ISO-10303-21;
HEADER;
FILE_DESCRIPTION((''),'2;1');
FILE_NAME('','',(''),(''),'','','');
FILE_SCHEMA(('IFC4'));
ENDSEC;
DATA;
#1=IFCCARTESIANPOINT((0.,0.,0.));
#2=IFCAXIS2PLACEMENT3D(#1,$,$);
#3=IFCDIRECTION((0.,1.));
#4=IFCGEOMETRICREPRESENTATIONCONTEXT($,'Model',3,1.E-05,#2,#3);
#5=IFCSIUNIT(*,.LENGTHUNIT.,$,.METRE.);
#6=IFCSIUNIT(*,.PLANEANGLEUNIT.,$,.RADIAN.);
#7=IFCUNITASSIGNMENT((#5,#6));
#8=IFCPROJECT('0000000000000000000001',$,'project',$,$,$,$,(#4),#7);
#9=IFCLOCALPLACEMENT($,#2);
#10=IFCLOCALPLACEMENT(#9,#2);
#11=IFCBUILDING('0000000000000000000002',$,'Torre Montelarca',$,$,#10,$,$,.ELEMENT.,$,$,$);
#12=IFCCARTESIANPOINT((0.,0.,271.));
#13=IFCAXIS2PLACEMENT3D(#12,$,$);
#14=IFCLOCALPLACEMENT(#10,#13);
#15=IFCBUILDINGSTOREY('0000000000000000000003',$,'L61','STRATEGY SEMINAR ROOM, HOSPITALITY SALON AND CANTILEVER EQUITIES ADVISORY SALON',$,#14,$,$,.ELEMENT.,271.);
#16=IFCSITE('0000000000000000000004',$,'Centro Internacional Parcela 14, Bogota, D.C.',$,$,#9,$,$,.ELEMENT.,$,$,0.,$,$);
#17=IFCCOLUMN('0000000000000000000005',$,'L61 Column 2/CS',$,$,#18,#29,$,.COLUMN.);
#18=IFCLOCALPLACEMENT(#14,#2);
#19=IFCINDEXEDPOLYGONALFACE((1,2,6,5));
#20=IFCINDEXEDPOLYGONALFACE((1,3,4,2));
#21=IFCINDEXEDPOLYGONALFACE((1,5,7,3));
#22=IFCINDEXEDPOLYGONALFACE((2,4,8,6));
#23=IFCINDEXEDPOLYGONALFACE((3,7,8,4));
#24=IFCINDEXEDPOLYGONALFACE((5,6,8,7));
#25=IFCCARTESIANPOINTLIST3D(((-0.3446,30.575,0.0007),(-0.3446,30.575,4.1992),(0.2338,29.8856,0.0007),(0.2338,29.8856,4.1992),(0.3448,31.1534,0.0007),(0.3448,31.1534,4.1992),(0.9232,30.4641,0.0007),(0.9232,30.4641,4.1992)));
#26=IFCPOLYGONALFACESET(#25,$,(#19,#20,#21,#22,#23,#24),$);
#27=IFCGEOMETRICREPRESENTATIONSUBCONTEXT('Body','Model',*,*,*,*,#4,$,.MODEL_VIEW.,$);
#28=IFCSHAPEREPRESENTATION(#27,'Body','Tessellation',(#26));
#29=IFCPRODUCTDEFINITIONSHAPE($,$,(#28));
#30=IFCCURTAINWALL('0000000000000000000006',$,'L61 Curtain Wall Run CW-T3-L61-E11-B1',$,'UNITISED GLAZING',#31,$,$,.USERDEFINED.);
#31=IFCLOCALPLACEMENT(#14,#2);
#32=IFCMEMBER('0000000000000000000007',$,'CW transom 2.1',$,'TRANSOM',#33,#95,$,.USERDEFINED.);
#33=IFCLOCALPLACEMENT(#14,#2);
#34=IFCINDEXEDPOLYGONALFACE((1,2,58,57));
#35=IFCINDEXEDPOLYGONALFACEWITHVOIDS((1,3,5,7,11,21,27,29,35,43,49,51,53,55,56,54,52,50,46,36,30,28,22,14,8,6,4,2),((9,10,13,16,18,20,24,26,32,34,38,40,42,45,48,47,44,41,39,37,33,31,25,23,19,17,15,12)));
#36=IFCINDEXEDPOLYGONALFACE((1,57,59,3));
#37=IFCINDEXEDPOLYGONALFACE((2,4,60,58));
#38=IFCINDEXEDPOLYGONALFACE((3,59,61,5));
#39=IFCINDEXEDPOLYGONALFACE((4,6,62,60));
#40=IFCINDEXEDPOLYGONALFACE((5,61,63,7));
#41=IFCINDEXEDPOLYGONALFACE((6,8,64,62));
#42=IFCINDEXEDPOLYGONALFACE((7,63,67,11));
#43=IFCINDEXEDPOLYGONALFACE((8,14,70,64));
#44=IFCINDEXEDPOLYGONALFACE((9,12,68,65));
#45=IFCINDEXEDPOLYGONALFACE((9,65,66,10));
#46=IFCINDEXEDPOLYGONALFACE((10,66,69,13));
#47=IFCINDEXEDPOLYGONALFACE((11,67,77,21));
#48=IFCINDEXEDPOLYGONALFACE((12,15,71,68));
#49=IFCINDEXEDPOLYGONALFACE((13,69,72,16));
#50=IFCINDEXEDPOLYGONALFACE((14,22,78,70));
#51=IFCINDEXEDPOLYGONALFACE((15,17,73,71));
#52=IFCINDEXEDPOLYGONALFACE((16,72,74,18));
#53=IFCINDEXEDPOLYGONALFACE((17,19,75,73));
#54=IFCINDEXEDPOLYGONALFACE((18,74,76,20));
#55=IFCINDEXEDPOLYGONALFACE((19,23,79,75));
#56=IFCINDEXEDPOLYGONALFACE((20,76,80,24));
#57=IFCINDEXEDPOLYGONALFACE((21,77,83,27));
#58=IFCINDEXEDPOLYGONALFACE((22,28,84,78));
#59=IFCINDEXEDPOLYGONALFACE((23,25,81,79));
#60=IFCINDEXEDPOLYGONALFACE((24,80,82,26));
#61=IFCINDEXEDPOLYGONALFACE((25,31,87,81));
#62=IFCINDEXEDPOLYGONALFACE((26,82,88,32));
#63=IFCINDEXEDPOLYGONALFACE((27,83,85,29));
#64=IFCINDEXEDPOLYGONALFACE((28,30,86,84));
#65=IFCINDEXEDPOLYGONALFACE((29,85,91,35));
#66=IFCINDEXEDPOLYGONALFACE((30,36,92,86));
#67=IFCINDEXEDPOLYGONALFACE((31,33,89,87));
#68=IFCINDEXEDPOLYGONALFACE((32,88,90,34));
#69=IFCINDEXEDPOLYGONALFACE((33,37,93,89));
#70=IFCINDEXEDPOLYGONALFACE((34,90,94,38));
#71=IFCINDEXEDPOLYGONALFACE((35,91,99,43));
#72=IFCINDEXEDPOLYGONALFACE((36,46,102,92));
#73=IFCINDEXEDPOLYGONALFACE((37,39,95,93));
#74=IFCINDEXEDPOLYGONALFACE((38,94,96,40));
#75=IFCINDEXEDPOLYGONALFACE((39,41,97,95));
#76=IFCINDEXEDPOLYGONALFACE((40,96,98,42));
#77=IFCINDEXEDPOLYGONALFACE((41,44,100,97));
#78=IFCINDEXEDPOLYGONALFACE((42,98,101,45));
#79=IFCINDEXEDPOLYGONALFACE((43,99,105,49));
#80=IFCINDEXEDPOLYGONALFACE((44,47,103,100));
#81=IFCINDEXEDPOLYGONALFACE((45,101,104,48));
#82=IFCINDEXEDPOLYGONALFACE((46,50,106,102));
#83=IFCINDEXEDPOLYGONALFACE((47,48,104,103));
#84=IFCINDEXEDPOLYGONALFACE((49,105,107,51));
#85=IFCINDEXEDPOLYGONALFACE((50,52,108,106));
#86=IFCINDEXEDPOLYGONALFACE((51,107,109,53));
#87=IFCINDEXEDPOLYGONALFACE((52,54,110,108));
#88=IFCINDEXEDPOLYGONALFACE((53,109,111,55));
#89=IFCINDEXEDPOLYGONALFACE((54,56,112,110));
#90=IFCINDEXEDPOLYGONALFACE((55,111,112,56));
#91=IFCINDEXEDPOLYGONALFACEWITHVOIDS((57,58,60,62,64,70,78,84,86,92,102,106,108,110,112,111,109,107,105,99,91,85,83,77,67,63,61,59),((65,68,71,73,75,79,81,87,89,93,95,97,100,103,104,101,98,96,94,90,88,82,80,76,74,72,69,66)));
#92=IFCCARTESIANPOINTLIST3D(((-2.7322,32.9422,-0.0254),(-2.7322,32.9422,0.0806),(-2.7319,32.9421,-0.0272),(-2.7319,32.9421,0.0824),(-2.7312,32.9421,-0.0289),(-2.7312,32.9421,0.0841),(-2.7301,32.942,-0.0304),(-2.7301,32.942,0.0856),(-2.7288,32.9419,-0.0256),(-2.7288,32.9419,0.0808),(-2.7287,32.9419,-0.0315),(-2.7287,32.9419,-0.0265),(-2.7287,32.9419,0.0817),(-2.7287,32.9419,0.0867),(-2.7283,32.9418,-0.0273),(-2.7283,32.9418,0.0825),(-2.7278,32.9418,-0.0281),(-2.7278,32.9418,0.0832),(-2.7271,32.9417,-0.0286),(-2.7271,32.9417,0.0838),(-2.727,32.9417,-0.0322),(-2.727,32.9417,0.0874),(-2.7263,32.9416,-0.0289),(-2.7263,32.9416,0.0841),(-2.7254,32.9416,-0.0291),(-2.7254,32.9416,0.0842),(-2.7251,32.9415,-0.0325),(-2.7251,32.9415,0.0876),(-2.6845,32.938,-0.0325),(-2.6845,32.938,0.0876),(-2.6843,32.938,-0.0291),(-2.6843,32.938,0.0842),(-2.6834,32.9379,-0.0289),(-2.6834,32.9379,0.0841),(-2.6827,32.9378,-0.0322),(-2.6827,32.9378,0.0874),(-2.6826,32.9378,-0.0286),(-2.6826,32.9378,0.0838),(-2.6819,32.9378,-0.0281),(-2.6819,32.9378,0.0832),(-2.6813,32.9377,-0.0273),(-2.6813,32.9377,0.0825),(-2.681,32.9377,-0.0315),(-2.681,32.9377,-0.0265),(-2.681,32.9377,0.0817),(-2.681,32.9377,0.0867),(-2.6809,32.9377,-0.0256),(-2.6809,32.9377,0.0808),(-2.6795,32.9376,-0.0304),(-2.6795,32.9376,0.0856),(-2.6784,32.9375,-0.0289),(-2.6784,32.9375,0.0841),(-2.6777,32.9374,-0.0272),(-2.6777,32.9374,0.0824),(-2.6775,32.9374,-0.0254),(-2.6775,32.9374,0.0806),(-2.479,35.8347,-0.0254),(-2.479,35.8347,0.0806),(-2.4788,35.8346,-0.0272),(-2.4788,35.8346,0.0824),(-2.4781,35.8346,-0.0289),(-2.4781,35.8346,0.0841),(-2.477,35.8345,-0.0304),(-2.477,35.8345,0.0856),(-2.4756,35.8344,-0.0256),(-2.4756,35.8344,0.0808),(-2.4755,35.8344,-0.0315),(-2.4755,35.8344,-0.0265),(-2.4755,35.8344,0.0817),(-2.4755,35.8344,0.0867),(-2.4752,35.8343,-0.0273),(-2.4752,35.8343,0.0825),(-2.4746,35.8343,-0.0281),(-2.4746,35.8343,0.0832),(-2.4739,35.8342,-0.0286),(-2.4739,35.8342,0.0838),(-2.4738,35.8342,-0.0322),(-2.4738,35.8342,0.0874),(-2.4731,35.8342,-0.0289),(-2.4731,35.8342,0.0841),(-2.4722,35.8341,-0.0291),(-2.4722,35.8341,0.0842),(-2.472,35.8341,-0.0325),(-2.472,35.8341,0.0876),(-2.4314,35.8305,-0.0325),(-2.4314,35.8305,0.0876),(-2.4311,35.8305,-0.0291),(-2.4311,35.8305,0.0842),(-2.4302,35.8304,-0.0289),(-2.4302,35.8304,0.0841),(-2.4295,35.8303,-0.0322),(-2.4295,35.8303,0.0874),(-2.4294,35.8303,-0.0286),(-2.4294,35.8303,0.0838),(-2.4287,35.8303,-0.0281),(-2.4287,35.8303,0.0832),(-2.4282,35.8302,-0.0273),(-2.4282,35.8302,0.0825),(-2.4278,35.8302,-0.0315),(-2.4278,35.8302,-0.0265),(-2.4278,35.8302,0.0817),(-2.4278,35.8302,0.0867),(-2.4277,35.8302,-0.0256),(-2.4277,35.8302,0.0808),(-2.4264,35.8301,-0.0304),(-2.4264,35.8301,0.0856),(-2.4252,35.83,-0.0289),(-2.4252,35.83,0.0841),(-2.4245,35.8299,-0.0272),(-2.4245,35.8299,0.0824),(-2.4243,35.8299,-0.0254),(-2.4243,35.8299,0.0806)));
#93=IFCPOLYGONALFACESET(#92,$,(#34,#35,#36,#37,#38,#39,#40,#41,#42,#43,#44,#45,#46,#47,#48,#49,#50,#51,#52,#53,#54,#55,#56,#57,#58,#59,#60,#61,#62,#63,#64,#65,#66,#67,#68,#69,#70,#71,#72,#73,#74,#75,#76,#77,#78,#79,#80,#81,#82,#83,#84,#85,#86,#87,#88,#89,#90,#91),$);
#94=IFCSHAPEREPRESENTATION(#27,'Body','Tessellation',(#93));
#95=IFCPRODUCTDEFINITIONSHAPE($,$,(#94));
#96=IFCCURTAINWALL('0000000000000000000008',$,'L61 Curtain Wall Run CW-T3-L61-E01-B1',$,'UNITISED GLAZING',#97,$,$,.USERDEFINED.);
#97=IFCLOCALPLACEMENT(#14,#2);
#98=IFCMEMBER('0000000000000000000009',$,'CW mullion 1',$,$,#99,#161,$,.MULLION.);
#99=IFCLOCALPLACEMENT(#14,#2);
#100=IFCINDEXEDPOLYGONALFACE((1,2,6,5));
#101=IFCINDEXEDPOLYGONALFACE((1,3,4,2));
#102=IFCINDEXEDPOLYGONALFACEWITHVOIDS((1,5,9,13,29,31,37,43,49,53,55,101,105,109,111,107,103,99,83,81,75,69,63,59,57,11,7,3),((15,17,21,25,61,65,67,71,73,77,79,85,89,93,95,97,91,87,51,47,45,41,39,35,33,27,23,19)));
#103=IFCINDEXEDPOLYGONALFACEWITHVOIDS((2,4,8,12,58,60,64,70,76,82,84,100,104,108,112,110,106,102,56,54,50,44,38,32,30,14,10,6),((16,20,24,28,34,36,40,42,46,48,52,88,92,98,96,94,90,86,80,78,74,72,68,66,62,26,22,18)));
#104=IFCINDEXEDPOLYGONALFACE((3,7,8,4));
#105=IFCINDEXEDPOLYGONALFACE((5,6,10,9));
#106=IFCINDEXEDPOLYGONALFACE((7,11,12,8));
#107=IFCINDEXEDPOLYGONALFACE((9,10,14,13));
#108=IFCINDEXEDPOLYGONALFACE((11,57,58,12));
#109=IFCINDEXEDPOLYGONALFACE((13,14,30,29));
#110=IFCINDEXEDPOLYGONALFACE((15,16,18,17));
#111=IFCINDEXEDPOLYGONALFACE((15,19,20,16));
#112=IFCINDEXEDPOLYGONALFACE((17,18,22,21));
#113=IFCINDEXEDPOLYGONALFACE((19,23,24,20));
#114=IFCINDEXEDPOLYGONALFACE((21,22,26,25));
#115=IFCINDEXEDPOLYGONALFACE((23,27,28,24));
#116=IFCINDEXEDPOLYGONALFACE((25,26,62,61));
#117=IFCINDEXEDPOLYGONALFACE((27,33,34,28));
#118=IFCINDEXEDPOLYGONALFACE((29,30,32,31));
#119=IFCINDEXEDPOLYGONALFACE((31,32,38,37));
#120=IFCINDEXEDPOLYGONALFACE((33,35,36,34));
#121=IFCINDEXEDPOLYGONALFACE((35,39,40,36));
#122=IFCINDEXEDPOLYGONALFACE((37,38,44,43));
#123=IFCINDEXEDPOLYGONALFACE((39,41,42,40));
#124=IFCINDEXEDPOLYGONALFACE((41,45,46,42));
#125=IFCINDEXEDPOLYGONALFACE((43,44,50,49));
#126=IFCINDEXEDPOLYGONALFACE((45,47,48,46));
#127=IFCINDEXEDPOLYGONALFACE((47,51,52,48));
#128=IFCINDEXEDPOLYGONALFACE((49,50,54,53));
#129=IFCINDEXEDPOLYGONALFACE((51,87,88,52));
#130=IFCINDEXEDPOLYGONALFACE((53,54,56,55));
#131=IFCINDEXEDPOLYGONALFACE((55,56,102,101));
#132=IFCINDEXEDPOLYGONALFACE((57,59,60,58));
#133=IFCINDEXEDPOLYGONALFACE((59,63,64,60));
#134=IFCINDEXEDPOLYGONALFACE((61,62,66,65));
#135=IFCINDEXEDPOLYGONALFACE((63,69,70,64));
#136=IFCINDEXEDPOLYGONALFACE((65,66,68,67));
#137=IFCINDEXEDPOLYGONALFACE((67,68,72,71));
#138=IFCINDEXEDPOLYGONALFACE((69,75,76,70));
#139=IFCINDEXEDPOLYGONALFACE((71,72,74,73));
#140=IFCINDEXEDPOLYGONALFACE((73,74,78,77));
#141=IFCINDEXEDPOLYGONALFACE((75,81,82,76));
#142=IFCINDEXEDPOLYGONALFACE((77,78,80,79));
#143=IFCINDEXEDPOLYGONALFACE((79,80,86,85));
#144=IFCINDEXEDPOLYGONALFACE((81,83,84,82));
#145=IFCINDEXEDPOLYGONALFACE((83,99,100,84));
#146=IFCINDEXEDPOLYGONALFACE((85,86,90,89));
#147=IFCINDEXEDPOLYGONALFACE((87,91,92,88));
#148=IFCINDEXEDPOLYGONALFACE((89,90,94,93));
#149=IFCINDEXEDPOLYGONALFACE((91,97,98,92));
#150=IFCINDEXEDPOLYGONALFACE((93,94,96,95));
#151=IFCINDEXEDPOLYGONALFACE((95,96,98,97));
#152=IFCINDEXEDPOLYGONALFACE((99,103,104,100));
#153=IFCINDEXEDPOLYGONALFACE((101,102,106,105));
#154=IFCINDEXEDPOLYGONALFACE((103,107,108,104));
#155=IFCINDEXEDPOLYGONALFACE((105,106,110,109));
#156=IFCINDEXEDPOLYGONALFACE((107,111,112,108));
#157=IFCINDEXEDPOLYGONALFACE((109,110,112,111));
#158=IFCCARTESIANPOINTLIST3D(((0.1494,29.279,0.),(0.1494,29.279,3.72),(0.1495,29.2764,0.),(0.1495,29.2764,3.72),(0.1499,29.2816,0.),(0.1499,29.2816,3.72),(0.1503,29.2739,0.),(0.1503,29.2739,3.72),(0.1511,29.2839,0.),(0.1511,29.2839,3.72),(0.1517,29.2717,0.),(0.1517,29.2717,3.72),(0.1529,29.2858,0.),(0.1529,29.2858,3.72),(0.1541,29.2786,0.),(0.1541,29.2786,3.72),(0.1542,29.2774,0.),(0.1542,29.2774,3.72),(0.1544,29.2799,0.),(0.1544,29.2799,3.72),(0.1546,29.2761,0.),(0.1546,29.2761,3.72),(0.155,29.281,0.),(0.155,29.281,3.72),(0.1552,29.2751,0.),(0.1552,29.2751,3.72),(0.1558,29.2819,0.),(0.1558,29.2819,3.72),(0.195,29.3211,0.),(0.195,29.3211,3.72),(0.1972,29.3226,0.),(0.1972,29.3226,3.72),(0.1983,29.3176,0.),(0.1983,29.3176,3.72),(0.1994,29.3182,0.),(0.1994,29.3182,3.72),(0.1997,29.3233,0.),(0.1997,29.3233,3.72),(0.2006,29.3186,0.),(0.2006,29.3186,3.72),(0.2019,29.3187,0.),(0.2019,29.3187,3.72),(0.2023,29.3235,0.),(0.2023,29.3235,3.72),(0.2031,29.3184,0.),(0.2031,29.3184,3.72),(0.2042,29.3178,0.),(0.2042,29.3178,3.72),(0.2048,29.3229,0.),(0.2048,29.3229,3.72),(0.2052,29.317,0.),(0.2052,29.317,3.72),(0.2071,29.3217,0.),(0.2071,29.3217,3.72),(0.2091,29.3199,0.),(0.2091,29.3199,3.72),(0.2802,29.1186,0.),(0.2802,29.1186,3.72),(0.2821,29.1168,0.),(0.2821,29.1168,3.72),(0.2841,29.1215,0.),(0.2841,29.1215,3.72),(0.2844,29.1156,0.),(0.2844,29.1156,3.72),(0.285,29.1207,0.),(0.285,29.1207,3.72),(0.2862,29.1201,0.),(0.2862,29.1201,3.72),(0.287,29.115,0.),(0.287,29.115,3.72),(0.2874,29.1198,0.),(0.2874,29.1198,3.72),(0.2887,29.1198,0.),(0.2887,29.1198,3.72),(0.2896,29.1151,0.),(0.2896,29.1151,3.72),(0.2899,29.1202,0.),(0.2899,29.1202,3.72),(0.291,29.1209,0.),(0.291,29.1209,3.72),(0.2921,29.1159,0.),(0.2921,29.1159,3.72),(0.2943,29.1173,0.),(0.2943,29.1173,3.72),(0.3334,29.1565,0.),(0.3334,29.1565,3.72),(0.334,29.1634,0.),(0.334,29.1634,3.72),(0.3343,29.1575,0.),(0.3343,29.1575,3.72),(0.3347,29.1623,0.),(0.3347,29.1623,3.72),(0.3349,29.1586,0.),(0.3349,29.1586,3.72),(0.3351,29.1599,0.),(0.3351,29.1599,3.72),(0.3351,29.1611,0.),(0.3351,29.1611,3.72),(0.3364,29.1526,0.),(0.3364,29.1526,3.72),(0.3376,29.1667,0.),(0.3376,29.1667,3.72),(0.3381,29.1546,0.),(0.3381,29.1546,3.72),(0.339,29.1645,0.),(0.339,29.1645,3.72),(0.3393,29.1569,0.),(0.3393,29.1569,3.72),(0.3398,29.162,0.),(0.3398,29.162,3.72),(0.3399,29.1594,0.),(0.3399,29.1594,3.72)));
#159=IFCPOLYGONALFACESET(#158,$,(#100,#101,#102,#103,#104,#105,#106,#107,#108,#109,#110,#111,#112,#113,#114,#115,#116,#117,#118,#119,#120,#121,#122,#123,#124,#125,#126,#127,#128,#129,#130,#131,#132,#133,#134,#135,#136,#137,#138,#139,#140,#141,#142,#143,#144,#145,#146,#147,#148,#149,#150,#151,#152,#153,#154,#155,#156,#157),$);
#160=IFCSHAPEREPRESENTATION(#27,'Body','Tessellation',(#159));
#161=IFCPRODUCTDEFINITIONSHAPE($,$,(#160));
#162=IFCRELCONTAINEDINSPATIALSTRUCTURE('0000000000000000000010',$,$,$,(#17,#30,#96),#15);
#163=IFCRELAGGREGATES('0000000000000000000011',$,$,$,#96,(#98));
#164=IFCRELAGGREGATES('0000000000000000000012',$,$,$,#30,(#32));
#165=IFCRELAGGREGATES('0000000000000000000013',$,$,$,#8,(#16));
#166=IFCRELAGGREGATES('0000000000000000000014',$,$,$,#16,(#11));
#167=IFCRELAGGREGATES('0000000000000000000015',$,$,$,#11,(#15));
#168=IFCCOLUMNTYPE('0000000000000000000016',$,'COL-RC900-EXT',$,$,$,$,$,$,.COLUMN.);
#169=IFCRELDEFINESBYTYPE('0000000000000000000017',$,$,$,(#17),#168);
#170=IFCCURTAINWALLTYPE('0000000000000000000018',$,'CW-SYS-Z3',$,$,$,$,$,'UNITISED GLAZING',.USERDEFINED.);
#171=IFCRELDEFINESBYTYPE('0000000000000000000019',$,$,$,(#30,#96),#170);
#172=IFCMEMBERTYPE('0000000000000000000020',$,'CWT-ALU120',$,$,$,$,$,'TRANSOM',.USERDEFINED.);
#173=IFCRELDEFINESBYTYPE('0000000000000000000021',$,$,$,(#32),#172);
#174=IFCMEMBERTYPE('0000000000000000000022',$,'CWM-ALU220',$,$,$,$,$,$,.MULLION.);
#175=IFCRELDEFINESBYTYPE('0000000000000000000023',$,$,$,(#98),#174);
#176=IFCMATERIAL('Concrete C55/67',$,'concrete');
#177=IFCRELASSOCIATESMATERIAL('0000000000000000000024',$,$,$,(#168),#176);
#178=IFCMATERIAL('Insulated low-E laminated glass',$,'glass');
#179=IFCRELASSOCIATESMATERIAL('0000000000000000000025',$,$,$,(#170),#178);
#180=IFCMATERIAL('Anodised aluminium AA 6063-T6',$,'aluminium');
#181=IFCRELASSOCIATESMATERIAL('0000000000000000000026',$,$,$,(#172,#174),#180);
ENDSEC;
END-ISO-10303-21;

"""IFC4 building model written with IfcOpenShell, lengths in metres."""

from ifc_helpers import new_model, si_unit, direction, frame, origin, origin_2d, place, context, subcontext, project, spatial, rectangle, hollow_rectangle, extrude, source, transform, mapped, material, material_profile, profile_set, type_object, element, aggregate, save


model = new_model("IFC4")

# Units and contexts
model_context = context("Model", 3, precision=1e-05, world=origin(), true_north=direction((0.0, 1.0)))
body_context = subcontext(model_context, "Body", "Model", "MODEL_VIEW")
ifc_project = project(units=[si_unit("LENGTHUNIT", "METRE"), si_unit("PLANEANGLEUNIT", "RADIAN")], contexts=[model_context])

# Site, building, storey
site_placement = place(None, origin())
site = spatial("IfcSite", under=ifc_project, at=site_placement, Name="Centro Internacional Parcela 14, Bogota, D.C.", CompositionType="ELEMENT", RefElevation=0.0)
building_placement = place(site_placement, origin())
building = spatial("IfcBuilding", under=site, at=building_placement, Name="Torre Montelarca", CompositionType="ELEMENT")
storey_placement = place(building_placement, frame((0.0, 0.0, 271.0)))
storey = spatial("IfcBuildingStorey", under=building, at=storey_placement, Name="L61", Description="STRATEGY SEMINAR ROOM, HOSPITALITY SALON AND CANTILEVER EQUITIES ADVISORY SALON", CompositionType="ELEMENT", Elevation=271.0)

# Column
ifc_material_1 = material(Name="Concrete C55/67", Category="concrete")
ifc_material_profile_1 = material_profile(ifc_material_1, rectangle(XDim=0.8999, YDim=0.8999, at=origin_2d()), Name="RC900X900", Category="concrete")
ifc_profile_set_1 = profile_set([ifc_material_profile_1], Name="Concrete C55/67")
column_type = type_object("IfcColumnType", Name="COL-RC900-EXT", PredefinedType="COLUMN", material=ifc_profile_set_1)
shared_shape_1 = source(origin(), body_context, "Body", "SweptSolid", [
    extrude(rectangle(XDim=0.8999, YDim=0.8999, at=origin_2d()), origin(), (0.0, 0.0, 1.0), 4.1985),
])
column_placement = place(storey_placement, frame((0.2893, 30.5195, 0.0007), z_axis=(0.0, 0.0, 1.0), x_axis=(-0.642788, 0.766044, 0.0)))
element("IfcColumn", 1, at=column_placement, inside=storey, type_object=column_type, Name="L61 Column 2/CS", PredefinedType="COLUMN", context=body_context, shape_type="MappedRepresentation", body=[
    mapped(shared_shape_1, transform((0.0, 0.0, 0.0), scale=1.0)),
])

# Curtain walls, members
ifc_material_2 = material(Name="Insulated low-E laminated glass", Category="glass")
curtain_wall_type = type_object("IfcCurtainWallType", Name="CW-SYS-Z3", ElementType="UNITISED GLAZING", PredefinedType="USERDEFINED", material=ifc_material_2)
curtain_wall_1_placement = place(storey_placement, origin())
curtain_wall_1 = element("IfcCurtainWall", 2, at=curtain_wall_1_placement, inside=storey, type_object=curtain_wall_type, Name="L61 Curtain Wall Run CW-T3-L61-E11-B1", ObjectType="UNITISED GLAZING", PredefinedType="USERDEFINED")
ifc_material_3 = material(Name="Anodised aluminium AA 6063-T6", Category="aluminium")
ifc_material_profile_2 = material_profile(ifc_material_3, hollow_rectangle(XDim=0.0549, YDim=0.1201, WallThickness=0.0034, InnerFilletRadius=0.0034, OuterFilletRadius=0.0071, at=origin_2d()), Name="ALU55X120X3.5", Category="aluminium")
ifc_profile_set_2 = profile_set([ifc_material_profile_2], Name="Anodised aluminium AA 6063-T6")
member_type_1 = type_object("IfcMemberType", Name="CWT-ALU120", ElementType="TRANSOM", PredefinedType="USERDEFINED", material=ifc_profile_set_2)
shared_shape_2 = source(origin(), body_context, "Body", "SweptSolid", [
    extrude(hollow_rectangle(XDim=0.0549, YDim=0.1201, WallThickness=0.0034, InnerFilletRadius=0.0034, OuterFilletRadius=0.0071, at=origin_2d()), origin(), (0.0, 0.0, 1.0), 2.9036),
])
member_1_placement = place(storey_placement, frame((-2.4517, 35.8323, 0.0276), z_axis=(-0.087192, -0.996192, 0.0), x_axis=(0.996192, -0.087192, 0.0)))
member_1 = element("IfcMember", 3, at=member_1_placement, type_object=member_type_1, Name="CW transom 2.1", ObjectType="TRANSOM", PredefinedType="USERDEFINED", context=body_context, shape_type="MappedRepresentation", body=[
    mapped(shared_shape_2, transform((0.0, 0.0, 0.0), scale=1.0)),
])
curtain_wall_2_placement = place(storey_placement, origin())
curtain_wall_2 = element("IfcCurtainWall", 4, at=curtain_wall_2_placement, inside=storey, type_object=curtain_wall_type, Name="L61 Curtain Wall Run CW-T3-L61-E01-B1", ObjectType="UNITISED GLAZING", PredefinedType="USERDEFINED")
ifc_material_profile_3 = material_profile(ifc_material_3, hollow_rectangle(XDim=0.075, YDim=0.22, WallThickness=0.0049, InnerFilletRadius=0.0049, OuterFilletRadius=0.01, at=origin_2d()), Name="ALU75X220X5", Category="aluminium")
ifc_profile_set_3 = profile_set([ifc_material_profile_3], Name="Anodised aluminium AA 6063-T6")
member_type_2 = type_object("IfcMemberType", Name="CWM-ALU220", PredefinedType="MULLION", material=ifc_profile_set_3)
shared_shape_3 = source(origin(), body_context, "Body", "SweptSolid", [
    extrude(hollow_rectangle(XDim=0.075, YDim=0.22, WallThickness=0.0049, InnerFilletRadius=0.0049, OuterFilletRadius=0.01, at=origin_2d()), origin(), (0.0, 0.0, 1.0), 3.72),
])
member_2_placement = place(storey_placement, frame((0.2446, 29.2192, 0.0), z_axis=(0.0, 0.0, 1.0), x_axis=(0.766041, 0.642791, 0.0)))
member_2 = element("IfcMember", 5, at=member_2_placement, type_object=member_type_2, Name="CW mullion 1", PredefinedType="MULLION", context=body_context, shape_type="MappedRepresentation", body=[
    mapped(shared_shape_3, transform((0.0, 0.0, 0.0), scale=1.0)),
])

aggregate(curtain_wall_2, [member_2])

aggregate(curtain_wall_1, [member_1])

save(model, "model.ifc")
